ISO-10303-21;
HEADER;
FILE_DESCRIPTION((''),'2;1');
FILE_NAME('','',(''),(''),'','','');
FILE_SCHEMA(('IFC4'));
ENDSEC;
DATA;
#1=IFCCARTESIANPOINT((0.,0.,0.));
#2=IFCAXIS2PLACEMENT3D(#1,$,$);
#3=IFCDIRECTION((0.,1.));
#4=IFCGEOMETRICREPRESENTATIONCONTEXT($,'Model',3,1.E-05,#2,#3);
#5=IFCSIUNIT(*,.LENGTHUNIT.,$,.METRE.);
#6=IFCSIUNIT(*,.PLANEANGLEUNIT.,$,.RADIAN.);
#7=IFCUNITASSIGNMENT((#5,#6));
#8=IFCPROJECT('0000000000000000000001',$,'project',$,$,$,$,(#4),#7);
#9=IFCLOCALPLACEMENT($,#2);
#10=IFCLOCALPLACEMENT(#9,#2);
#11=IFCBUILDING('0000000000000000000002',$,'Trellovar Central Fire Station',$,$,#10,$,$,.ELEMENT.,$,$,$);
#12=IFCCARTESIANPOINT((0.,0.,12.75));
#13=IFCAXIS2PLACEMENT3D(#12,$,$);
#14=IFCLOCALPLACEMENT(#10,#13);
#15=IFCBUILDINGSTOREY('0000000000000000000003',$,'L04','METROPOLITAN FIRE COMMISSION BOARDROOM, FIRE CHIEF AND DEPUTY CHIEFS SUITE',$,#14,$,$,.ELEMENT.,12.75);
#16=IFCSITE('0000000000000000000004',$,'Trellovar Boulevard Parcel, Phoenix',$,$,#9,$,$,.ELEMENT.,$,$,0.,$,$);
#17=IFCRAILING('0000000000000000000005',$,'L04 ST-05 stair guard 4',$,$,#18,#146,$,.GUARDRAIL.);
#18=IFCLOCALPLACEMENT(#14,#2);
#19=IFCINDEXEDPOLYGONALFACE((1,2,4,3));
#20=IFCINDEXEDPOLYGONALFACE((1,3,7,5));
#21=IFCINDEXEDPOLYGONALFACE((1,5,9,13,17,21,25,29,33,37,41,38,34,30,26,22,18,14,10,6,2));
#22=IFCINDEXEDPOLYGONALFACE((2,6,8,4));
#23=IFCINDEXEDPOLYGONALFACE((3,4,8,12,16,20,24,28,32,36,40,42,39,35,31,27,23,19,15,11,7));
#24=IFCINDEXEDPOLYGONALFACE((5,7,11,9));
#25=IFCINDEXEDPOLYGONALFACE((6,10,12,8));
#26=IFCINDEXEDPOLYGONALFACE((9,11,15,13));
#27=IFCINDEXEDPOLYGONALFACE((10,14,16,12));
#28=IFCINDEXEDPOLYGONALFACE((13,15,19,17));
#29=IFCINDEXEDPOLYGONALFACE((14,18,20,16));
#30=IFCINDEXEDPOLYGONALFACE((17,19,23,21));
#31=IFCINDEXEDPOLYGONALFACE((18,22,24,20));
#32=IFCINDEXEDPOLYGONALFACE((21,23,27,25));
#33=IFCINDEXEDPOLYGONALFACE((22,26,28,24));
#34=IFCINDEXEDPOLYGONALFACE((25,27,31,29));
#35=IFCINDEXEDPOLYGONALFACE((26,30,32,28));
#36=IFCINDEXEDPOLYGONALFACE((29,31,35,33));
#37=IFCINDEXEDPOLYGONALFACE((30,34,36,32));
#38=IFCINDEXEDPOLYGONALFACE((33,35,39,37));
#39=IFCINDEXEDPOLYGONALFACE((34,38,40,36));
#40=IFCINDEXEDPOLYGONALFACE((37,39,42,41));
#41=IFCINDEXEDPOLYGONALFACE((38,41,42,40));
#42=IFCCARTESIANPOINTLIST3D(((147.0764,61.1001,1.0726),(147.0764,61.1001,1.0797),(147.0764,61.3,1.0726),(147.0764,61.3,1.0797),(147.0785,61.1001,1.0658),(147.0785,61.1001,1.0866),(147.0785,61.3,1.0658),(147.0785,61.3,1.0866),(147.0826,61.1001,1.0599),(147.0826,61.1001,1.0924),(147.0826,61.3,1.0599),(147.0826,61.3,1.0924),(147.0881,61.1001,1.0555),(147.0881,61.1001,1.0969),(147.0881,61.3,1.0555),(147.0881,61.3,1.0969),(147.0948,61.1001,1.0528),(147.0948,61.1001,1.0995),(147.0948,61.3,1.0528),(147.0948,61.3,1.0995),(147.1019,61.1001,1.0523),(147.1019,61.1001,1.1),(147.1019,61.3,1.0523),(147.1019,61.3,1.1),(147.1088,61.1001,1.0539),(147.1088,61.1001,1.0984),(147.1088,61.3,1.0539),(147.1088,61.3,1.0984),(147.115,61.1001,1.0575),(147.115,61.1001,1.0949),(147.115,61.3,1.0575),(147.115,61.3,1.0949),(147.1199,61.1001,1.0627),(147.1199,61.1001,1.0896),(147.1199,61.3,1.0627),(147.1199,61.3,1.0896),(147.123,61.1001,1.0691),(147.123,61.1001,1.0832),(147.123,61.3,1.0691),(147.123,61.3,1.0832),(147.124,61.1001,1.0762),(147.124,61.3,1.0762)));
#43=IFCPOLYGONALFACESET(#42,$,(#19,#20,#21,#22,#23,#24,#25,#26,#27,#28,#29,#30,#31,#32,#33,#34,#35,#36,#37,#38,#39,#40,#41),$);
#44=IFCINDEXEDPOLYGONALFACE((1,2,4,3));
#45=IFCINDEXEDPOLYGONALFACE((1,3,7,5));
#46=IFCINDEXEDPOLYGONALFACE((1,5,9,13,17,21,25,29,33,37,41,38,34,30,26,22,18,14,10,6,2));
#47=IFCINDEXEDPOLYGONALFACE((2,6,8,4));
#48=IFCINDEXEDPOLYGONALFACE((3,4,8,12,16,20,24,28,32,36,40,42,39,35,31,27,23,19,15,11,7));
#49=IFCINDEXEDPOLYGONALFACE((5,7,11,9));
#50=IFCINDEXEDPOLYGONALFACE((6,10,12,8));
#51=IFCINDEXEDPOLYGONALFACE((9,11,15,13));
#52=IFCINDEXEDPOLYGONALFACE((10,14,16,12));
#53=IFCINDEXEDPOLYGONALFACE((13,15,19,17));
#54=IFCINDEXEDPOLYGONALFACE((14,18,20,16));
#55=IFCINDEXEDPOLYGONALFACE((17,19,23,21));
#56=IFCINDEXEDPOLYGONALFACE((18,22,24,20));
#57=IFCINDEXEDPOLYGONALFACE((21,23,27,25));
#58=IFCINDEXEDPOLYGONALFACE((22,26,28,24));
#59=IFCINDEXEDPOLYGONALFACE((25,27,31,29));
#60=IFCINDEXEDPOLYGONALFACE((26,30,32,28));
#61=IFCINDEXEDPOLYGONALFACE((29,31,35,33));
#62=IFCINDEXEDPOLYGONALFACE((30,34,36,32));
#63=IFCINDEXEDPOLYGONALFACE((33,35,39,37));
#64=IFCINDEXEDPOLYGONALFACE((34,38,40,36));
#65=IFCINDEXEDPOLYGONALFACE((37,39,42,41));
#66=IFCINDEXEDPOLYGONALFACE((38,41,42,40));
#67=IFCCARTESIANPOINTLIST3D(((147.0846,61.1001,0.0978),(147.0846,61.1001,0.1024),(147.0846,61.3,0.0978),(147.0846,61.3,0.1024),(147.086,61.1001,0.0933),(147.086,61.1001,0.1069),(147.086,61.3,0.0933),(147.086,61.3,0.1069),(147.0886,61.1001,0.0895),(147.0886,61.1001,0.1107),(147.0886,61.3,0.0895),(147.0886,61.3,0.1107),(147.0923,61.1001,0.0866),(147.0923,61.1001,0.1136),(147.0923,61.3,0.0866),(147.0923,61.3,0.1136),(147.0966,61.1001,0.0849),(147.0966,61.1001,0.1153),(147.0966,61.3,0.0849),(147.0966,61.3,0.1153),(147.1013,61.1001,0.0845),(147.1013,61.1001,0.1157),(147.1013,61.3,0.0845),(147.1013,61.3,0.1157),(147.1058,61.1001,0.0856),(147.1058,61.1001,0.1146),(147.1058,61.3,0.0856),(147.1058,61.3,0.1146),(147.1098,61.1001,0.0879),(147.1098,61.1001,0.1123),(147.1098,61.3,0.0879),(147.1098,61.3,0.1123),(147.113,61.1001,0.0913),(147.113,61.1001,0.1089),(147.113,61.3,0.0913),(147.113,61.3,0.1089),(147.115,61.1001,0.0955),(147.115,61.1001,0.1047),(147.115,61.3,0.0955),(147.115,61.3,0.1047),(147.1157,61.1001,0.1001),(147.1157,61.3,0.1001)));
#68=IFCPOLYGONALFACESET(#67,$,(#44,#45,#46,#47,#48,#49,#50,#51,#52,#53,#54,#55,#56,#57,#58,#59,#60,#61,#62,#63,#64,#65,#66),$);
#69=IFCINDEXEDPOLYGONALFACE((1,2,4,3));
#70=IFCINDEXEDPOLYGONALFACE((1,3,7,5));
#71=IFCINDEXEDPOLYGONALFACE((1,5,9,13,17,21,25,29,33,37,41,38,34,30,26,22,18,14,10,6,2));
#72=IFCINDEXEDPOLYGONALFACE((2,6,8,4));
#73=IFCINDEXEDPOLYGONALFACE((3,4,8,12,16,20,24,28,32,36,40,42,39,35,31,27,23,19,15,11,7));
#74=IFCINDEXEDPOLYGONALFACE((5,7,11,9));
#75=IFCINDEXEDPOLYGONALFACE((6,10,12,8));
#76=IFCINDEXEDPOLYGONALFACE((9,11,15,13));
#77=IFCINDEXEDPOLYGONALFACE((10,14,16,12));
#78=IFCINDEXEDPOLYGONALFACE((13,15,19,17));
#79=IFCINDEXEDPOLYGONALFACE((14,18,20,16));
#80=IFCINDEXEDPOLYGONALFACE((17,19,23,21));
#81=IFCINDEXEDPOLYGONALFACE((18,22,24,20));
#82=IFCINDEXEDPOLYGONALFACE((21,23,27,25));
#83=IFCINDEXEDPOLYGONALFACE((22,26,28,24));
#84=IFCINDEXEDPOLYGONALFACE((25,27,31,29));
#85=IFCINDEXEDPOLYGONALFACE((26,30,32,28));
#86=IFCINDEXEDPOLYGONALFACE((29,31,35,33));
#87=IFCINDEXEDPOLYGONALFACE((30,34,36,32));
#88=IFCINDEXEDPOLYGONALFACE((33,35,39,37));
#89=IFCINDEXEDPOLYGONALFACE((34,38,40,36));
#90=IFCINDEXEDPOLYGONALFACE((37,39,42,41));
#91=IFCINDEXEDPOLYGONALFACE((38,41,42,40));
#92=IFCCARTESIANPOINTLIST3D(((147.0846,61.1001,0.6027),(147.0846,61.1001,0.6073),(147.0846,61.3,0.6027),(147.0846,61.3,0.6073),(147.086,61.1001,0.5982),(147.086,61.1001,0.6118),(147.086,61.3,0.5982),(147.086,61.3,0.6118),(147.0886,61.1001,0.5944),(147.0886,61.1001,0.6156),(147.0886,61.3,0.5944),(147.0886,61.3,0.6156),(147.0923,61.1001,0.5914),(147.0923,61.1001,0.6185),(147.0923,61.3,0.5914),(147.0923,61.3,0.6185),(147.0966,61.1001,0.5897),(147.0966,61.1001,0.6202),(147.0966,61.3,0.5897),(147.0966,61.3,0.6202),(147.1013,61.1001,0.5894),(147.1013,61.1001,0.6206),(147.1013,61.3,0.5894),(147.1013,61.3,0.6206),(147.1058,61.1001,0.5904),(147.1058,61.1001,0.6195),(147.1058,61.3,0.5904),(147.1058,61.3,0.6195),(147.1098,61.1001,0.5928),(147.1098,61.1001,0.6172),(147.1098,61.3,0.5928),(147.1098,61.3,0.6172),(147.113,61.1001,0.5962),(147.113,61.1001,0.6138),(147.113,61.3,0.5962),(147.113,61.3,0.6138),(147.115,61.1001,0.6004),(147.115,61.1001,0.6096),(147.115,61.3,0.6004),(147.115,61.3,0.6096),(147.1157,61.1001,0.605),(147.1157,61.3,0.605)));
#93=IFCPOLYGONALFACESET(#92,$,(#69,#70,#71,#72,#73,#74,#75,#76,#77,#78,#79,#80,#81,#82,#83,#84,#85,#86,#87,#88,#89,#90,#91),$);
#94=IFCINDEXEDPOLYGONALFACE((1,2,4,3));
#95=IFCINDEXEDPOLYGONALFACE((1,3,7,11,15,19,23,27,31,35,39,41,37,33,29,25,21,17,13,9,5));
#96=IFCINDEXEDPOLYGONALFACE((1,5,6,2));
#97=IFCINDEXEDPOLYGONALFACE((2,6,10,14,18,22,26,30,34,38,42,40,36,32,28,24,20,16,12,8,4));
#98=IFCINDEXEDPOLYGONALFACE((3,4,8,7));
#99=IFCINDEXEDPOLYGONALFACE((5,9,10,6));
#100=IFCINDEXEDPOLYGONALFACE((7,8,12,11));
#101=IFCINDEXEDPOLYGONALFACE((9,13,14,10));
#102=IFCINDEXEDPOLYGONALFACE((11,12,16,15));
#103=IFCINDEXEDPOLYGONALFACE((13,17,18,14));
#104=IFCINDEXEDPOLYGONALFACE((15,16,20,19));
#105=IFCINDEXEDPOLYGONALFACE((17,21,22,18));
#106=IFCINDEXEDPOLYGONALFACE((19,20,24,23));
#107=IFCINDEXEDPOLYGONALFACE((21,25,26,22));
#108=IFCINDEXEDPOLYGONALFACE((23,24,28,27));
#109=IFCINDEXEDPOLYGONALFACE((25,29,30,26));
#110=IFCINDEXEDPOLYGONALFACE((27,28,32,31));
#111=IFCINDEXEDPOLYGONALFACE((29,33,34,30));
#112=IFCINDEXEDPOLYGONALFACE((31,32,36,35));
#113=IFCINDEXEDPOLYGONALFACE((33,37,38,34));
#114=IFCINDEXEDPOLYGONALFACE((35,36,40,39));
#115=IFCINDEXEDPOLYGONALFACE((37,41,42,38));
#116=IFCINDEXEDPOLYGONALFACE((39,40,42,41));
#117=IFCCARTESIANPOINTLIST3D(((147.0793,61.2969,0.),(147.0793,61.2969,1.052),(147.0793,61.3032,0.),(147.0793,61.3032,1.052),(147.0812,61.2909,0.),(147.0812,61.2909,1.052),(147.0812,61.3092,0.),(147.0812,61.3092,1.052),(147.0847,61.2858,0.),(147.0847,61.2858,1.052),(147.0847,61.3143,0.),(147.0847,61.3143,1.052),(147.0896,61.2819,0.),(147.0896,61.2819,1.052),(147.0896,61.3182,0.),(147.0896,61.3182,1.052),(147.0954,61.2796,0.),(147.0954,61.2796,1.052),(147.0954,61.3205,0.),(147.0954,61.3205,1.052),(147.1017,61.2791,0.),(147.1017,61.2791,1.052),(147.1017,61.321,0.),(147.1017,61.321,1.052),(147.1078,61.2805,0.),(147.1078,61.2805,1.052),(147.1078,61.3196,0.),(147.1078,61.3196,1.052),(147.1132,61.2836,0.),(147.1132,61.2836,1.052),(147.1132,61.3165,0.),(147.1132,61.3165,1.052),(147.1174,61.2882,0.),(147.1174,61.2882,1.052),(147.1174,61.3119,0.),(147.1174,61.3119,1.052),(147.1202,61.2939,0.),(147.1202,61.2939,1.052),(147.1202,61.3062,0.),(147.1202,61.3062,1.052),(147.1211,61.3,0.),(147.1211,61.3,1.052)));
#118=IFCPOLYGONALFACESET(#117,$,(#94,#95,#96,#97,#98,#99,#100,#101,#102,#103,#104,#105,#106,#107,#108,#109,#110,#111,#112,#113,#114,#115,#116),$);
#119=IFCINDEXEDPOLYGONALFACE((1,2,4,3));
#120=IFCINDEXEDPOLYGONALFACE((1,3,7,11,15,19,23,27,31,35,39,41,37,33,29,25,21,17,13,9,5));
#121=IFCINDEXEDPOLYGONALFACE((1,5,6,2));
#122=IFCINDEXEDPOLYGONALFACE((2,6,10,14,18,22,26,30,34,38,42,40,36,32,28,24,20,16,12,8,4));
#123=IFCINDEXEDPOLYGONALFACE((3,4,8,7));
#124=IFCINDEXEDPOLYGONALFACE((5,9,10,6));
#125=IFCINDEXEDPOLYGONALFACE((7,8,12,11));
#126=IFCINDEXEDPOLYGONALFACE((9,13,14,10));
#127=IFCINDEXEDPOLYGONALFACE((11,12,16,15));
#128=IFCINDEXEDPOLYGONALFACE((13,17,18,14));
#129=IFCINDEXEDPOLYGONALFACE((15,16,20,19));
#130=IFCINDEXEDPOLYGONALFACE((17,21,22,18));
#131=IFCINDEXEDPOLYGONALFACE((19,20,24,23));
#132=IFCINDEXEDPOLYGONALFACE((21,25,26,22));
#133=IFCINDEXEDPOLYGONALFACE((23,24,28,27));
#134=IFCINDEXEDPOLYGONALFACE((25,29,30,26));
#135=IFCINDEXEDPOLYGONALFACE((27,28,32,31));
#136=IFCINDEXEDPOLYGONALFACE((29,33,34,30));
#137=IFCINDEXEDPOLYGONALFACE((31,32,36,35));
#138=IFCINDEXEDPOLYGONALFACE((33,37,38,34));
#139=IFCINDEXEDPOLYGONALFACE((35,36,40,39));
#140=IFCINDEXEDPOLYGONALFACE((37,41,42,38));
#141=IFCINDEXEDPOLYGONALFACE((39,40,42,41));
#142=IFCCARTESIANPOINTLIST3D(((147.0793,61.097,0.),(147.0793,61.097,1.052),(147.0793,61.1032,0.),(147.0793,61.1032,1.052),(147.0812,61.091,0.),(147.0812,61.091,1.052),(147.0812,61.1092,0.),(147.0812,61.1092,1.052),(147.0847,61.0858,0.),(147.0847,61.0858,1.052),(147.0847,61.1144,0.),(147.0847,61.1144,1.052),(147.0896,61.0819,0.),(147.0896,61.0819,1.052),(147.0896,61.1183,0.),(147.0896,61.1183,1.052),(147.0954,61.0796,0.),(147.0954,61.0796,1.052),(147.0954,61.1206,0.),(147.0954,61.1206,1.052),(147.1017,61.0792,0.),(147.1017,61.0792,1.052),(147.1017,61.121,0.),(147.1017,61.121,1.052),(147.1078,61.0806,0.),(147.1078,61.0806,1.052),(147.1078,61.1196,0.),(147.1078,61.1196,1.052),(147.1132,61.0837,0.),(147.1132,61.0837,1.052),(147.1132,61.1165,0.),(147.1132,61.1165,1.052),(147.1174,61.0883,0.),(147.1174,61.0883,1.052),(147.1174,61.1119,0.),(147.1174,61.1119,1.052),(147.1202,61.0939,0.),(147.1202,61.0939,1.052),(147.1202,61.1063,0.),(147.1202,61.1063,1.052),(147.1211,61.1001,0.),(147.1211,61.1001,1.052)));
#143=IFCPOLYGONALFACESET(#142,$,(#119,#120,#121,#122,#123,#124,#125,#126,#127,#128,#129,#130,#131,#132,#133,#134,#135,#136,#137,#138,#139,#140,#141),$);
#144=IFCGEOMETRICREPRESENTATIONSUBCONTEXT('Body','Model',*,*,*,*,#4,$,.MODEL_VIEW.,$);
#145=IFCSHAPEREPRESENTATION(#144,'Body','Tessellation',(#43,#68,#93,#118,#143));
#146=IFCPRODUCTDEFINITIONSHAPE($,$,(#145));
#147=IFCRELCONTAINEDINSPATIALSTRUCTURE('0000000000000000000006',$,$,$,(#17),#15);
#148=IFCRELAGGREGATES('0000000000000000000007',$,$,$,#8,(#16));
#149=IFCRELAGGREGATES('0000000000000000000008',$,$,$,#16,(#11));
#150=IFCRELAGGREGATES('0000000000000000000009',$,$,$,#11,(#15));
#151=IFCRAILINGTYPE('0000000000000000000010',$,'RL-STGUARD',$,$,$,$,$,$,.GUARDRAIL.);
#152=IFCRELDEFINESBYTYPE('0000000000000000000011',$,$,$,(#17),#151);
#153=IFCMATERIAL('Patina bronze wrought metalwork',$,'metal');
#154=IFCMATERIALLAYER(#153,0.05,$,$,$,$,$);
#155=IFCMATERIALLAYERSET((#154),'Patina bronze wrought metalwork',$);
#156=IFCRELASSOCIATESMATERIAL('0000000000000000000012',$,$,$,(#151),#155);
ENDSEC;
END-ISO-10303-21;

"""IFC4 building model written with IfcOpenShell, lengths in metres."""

from ifc_helpers import new_model, si_unit, direction, frame, origin, origin_2d, place, context, subcontext, project, spatial, circle, extrude, material, layer, layer_set, type_object, element, save


model = new_model("IFC4")

# Units and contexts
model_context = context("Model", 3, precision=1e-05, world=origin(), true_north=direction((0.0, 1.0)))
body_context = subcontext(model_context, "Body", "Model", "MODEL_VIEW")
ifc_project = project(units=[si_unit("LENGTHUNIT", "METRE"), si_unit("PLANEANGLEUNIT", "RADIAN")], contexts=[model_context])

# Site, building, storey
site_placement = place(None, origin())
site = spatial("IfcSite", under=ifc_project, at=site_placement, Name="Trellovar Boulevard Parcel, Phoenix", CompositionType="ELEMENT", RefElevation=0.0)
building_placement = place(site_placement, origin())
building = spatial("IfcBuilding", under=site, at=building_placement, Name="Trellovar Central Fire Station", CompositionType="ELEMENT")
storey_placement = place(building_placement, frame((0.0, 0.0, 12.75)))
storey = spatial("IfcBuildingStorey", under=building, at=storey_placement, Name="L04", Description="METROPOLITAN FIRE COMMISSION BOARDROOM, FIRE CHIEF AND DEPUTY CHIEFS SUITE", CompositionType="ELEMENT", Elevation=12.75)

# Railing
ifc_material_1 = material(Name="Patina bronze wrought metalwork", Category="metal")
ifc_layer_1 = layer(ifc_material_1, 0.05)
ifc_layer_set_1 = layer_set([ifc_layer_1], Name="Patina bronze wrought metalwork")
railing_type_1 = type_object("IfcRailingType", Name="RL-STGUARD", PredefinedType="GUARDRAIL", material=ifc_layer_set_1)
railing_1_placement = place(storey_placement, frame((147.1001, 61.3, 0.0)))
element("IfcRailing", 1, at=railing_1_placement, inside=storey, type_object=railing_type_1, Name="L04 ST-05 stair guard 4", PredefinedType="GUARDRAIL", context=body_context, shape_type="SweptSolid", body=[
    extrude(circle(Radius=0.0239, at=origin_2d()), frame((0.0, 0.0, 1.0762), z_axis=(0.0, -1.0, 0.0), x_axis=(1.0, 0.0, 0.0)), (0.0, 0.0, 1.0), 0.2),
    extrude(circle(Radius=0.0156, at=origin_2d()), frame((0.0, 0.0, 0.1001), z_axis=(0.0, -1.0, 0.0), x_axis=(1.0, 0.0, 0.0)), (0.0, 0.0, 1.0), 0.2),
    extrude(circle(Radius=0.0156, at=origin_2d()), frame((0.0, 0.0, 0.605), z_axis=(0.0, -1.0, 0.0), x_axis=(1.0, 0.0, 0.0)), (0.0, 0.0, 1.0), 0.2),
    extrude(circle(Radius=0.021, at=origin_2d()), origin(), (0.0, 0.0, 1.0), 1.052),
    extrude(circle(Radius=0.021, at=origin_2d()), frame((0.0, -0.2, 0.0)), (0.0, 0.0, 1.0), 1.052),
])

save(model, "model.ifc")
